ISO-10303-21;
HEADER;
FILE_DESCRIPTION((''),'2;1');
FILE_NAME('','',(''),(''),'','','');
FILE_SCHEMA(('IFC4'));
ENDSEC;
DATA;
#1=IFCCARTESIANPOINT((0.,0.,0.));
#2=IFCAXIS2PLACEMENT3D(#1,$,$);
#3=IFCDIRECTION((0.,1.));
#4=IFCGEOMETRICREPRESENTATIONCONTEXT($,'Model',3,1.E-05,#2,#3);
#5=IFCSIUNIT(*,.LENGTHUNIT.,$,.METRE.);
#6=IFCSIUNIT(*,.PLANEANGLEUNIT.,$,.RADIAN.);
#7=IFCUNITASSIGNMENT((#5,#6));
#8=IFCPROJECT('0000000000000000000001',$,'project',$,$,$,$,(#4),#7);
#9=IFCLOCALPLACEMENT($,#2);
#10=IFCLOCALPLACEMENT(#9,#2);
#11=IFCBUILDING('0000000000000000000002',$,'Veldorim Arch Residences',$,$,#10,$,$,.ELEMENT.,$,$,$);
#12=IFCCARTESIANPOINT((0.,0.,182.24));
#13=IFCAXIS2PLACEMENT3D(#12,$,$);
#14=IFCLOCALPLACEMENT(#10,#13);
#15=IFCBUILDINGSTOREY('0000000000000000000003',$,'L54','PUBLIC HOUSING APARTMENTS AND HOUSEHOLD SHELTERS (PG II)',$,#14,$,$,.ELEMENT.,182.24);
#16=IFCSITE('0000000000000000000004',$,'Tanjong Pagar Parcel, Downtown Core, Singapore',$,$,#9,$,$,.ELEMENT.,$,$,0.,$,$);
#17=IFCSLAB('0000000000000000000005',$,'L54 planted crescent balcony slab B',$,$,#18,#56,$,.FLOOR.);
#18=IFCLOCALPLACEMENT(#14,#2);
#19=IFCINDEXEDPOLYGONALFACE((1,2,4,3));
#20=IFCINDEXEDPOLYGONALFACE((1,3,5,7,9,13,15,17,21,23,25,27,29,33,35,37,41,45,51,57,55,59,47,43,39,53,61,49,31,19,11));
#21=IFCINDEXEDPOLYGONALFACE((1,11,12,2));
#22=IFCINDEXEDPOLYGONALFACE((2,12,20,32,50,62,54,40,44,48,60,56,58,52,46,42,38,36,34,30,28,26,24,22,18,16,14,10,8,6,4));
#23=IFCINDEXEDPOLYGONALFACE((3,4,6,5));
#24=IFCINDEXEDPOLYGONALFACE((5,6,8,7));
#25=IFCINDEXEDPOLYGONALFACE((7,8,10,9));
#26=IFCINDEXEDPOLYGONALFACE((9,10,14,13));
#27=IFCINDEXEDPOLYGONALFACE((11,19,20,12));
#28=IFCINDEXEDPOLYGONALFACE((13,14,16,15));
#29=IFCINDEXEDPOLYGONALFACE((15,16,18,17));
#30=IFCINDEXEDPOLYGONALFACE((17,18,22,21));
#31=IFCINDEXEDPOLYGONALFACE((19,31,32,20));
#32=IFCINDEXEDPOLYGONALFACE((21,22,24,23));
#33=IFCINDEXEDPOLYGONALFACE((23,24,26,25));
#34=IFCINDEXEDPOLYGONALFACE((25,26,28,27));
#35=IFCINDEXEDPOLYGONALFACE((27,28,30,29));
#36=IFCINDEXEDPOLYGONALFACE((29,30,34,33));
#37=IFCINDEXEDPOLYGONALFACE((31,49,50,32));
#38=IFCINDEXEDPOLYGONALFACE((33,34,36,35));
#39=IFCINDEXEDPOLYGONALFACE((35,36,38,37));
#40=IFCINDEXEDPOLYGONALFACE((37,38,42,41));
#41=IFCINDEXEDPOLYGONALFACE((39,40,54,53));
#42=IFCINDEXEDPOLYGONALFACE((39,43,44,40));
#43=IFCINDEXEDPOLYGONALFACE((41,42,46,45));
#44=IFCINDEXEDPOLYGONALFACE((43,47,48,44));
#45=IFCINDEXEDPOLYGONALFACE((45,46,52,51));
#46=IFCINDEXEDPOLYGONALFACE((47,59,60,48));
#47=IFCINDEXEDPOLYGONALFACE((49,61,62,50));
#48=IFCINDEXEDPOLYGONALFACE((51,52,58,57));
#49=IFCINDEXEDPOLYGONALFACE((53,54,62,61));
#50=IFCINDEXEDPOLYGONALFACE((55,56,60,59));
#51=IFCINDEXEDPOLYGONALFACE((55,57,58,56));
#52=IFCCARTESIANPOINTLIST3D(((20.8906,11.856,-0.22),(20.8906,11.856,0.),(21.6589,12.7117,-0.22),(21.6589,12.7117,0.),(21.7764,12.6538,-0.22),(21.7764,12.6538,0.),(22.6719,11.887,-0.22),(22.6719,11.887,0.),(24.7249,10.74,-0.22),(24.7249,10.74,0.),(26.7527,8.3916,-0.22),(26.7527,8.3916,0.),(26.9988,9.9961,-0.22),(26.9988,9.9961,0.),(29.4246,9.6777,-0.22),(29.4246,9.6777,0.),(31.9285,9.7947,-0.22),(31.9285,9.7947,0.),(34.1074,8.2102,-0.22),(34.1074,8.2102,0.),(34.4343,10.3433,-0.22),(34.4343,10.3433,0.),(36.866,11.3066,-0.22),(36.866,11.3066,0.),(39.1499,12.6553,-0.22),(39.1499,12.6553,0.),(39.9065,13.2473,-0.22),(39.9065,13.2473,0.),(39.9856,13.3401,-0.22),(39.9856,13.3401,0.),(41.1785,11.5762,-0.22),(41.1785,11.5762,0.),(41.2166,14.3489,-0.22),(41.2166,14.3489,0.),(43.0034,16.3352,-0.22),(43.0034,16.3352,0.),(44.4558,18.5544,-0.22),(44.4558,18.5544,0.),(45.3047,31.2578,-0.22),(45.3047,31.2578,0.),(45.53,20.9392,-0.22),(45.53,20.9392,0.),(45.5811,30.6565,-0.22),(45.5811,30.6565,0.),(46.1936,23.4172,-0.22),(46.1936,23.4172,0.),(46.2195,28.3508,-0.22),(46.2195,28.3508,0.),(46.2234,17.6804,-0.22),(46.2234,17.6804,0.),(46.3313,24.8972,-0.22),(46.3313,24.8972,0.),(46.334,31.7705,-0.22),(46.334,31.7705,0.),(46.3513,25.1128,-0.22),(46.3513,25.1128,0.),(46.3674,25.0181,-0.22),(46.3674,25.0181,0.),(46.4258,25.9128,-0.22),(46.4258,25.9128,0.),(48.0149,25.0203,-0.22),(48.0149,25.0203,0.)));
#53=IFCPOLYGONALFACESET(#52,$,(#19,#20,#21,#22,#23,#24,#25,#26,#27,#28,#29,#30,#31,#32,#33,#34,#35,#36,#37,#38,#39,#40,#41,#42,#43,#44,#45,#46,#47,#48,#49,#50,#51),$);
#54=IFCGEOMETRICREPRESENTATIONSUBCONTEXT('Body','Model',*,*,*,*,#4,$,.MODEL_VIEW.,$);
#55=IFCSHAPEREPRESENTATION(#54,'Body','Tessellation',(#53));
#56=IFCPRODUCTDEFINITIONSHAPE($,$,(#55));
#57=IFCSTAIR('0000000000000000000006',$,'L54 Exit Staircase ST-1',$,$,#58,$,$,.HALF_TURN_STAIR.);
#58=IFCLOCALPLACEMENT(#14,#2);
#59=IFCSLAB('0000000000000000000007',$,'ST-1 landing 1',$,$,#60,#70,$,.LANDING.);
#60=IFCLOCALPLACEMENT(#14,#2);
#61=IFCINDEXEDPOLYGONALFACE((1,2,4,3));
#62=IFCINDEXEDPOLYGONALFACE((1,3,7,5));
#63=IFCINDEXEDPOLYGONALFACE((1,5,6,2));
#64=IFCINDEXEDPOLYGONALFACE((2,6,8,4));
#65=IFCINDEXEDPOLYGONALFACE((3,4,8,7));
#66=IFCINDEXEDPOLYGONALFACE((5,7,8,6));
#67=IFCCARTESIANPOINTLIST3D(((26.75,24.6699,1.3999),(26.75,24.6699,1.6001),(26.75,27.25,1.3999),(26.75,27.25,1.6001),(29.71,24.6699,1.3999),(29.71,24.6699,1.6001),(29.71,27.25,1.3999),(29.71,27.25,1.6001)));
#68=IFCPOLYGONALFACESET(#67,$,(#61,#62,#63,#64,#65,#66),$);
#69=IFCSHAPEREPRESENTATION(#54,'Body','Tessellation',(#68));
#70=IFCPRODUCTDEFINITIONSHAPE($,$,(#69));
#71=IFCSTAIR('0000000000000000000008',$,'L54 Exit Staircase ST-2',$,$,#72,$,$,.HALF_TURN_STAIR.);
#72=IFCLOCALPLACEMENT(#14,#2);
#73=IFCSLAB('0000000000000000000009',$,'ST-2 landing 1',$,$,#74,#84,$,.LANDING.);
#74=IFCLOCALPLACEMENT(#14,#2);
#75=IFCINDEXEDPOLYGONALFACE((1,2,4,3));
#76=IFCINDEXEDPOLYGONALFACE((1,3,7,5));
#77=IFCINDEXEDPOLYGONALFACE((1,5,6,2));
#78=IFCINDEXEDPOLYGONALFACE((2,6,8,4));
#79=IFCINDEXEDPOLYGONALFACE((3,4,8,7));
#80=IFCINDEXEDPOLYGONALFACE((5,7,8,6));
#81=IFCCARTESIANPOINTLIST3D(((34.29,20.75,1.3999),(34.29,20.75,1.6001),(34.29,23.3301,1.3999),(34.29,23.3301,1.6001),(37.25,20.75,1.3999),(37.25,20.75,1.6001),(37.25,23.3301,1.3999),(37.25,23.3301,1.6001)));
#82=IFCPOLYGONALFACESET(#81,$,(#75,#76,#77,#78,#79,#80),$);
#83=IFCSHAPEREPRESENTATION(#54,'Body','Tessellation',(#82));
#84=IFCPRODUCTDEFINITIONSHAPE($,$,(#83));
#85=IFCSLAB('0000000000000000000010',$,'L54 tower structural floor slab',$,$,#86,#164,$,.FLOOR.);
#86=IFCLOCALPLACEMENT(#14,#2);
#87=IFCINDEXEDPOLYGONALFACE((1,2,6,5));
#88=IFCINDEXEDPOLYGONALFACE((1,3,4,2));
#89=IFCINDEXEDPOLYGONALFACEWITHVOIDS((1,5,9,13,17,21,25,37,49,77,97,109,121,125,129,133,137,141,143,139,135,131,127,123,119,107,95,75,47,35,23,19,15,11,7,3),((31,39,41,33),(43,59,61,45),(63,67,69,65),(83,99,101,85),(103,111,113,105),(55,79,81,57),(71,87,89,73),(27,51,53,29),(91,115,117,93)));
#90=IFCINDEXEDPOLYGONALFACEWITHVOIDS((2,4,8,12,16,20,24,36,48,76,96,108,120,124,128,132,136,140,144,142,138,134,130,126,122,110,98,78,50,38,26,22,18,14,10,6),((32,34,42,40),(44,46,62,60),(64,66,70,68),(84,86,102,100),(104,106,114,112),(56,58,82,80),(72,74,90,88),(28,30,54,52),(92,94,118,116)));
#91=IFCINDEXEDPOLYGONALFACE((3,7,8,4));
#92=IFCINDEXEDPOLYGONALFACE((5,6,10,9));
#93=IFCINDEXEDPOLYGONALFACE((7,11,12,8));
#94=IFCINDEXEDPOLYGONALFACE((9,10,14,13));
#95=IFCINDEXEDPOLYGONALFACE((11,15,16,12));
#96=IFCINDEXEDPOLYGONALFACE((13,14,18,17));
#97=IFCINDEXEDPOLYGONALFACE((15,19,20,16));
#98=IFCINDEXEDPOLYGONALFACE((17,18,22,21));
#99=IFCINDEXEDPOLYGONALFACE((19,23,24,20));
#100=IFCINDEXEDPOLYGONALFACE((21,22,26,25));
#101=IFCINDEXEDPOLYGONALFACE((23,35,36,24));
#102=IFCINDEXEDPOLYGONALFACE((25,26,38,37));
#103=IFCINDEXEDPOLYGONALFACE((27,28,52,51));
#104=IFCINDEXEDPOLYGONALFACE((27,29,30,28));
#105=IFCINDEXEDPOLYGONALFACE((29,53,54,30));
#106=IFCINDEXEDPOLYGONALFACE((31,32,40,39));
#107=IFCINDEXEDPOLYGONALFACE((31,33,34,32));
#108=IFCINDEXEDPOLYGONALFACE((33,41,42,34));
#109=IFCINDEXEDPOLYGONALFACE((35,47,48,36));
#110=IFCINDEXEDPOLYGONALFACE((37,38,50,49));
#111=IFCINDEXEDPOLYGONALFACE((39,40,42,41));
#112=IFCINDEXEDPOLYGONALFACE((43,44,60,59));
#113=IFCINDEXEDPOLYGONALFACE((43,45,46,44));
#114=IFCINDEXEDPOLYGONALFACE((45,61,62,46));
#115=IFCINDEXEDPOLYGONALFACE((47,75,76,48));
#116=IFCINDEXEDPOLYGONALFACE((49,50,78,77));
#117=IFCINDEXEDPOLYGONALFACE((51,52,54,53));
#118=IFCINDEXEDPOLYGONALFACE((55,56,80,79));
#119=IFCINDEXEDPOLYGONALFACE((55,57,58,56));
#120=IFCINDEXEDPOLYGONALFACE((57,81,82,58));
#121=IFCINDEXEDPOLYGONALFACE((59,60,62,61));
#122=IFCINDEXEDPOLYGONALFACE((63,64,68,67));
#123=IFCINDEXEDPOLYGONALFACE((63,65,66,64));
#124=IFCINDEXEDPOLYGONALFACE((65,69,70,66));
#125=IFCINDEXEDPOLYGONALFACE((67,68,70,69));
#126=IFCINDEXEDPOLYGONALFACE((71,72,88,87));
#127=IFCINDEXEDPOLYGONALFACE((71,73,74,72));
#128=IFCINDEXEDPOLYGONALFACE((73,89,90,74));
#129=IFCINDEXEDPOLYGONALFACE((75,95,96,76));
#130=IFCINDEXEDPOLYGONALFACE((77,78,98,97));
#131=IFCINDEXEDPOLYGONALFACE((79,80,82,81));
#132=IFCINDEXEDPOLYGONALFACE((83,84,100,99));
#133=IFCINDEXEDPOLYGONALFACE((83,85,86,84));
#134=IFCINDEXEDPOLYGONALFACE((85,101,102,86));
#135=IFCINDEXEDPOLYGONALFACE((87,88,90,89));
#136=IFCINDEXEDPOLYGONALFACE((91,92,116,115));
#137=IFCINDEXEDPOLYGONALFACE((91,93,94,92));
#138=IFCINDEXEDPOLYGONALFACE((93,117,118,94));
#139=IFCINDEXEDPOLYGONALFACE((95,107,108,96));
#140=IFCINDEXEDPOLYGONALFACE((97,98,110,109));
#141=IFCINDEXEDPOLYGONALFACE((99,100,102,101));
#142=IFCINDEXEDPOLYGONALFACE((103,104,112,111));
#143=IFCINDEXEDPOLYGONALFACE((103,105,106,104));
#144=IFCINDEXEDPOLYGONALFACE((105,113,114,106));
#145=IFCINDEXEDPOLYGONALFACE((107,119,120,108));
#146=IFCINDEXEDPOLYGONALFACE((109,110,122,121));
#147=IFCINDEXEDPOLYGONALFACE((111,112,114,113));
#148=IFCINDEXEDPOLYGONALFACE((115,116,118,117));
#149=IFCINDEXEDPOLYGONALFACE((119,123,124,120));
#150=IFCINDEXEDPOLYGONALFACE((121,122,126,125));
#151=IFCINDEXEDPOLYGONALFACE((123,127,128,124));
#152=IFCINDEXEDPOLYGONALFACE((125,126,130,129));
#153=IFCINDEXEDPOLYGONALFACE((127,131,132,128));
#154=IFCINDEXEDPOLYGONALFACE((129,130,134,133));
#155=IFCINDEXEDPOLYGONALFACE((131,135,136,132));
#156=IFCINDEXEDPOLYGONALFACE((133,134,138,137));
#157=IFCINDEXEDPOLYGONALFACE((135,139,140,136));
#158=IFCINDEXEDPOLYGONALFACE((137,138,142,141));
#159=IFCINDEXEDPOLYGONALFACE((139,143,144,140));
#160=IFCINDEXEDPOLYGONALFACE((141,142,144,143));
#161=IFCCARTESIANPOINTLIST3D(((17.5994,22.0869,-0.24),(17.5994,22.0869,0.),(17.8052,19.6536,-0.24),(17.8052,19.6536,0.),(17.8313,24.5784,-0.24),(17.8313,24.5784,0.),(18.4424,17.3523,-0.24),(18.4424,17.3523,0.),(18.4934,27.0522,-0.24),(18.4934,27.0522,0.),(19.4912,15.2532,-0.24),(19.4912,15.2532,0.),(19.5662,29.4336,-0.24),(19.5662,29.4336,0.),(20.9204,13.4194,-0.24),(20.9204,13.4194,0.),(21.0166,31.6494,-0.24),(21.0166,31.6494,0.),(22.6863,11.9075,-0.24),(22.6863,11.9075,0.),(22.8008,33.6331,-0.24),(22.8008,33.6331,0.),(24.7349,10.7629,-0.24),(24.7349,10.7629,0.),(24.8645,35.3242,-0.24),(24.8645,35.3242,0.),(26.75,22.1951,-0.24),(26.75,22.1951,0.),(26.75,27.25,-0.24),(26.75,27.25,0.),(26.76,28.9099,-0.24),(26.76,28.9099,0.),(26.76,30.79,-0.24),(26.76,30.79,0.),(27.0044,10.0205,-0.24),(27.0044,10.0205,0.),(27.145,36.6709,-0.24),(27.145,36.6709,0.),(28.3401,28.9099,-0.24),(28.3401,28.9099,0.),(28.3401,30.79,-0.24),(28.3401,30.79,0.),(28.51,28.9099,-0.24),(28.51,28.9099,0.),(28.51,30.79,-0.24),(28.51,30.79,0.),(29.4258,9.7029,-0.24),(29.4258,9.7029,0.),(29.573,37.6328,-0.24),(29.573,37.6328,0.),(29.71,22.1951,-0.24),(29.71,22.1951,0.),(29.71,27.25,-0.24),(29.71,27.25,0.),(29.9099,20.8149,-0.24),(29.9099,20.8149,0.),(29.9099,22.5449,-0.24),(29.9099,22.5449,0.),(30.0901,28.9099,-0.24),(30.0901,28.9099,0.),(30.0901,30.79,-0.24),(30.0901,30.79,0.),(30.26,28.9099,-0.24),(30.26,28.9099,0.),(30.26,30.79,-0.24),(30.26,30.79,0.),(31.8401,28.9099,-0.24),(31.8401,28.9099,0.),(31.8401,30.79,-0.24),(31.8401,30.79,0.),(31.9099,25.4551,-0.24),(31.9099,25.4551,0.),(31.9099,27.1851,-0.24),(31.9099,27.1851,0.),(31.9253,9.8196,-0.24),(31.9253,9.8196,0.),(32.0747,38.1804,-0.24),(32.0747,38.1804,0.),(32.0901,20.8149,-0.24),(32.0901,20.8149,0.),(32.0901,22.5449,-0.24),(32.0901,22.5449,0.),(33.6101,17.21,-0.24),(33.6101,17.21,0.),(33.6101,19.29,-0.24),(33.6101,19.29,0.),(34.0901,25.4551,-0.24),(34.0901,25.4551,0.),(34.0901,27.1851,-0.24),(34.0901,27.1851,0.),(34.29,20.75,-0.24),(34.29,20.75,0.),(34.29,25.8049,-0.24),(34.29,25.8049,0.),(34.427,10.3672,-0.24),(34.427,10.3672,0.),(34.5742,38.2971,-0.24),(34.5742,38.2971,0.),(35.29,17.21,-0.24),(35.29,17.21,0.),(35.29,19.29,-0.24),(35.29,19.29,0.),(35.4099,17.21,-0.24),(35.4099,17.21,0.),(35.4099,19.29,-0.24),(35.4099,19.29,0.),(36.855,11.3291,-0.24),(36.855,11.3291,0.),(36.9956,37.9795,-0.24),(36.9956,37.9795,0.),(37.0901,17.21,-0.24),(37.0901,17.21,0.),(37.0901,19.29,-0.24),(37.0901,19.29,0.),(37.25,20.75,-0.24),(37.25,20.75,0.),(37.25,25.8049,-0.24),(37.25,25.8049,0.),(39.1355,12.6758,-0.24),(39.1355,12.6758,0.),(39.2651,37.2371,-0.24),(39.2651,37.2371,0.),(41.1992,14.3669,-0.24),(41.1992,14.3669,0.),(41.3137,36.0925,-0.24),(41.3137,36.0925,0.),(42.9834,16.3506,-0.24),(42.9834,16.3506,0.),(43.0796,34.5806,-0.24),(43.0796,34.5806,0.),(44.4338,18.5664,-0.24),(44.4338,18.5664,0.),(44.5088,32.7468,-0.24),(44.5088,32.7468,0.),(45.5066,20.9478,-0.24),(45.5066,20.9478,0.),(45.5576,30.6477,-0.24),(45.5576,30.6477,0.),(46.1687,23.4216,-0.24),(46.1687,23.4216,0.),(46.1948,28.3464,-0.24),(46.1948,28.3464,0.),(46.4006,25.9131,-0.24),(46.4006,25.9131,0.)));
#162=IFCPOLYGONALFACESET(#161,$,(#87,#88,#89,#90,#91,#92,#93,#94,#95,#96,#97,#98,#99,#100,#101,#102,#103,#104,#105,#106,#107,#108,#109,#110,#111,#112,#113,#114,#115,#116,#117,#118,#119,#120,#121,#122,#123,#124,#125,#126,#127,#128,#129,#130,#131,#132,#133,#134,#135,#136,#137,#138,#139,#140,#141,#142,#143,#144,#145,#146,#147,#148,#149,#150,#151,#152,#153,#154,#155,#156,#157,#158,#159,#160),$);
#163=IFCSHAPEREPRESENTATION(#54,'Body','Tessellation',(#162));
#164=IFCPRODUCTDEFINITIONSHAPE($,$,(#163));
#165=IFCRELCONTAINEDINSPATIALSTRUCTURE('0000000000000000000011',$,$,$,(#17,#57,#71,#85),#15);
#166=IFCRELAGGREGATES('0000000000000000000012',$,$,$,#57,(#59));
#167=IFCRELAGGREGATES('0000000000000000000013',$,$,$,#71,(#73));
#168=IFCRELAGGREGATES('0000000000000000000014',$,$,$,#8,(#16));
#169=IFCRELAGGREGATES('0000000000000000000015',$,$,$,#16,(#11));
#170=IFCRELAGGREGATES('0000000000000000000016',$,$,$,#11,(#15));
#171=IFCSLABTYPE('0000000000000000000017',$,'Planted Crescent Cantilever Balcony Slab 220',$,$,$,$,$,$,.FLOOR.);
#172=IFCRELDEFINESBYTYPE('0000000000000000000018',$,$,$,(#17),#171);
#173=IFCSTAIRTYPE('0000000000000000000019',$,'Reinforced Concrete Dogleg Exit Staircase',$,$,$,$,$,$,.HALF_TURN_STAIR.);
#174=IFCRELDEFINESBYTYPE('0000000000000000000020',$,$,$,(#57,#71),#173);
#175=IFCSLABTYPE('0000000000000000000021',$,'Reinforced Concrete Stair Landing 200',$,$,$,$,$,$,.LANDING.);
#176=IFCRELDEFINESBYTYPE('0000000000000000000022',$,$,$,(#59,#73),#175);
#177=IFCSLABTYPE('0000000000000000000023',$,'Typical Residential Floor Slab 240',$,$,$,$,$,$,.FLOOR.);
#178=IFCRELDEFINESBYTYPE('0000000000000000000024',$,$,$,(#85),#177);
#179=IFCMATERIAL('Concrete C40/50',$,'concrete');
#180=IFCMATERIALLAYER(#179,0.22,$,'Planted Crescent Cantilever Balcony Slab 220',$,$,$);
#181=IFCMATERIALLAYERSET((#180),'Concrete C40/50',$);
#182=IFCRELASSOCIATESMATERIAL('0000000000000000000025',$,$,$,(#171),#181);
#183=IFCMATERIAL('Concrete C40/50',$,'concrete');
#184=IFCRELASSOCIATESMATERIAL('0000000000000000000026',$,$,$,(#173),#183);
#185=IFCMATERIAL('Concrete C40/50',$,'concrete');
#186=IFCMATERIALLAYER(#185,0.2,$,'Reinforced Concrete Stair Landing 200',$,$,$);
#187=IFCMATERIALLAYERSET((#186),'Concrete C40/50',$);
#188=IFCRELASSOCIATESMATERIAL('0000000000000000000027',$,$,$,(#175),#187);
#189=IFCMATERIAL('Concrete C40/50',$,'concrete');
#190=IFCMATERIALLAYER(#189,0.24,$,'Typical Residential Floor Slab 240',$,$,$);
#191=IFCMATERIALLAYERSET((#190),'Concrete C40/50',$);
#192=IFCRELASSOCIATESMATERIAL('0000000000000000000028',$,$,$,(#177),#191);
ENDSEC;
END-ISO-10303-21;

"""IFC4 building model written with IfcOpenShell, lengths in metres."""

from ifc_helpers import new_model, si_unit, direction, frame, origin, place, context, subcontext, project, spatial, polyline, outline, extrude, material, layer, layer_set, type_object, element, aggregate, save


model = new_model("IFC4")

# Units and contexts
model_context = context("Model", 3, precision=1e-05, world=origin(), true_north=direction((0.0, 1.0)))
body_context = subcontext(model_context, "Body", "Model", "MODEL_VIEW")
ifc_project = project(units=[si_unit("LENGTHUNIT", "METRE"), si_unit("PLANEANGLEUNIT", "RADIAN")], contexts=[model_context])

# Site, building, storey
site_placement = place(None, origin())
site = spatial("IfcSite", under=ifc_project, at=site_placement, Name="Tanjong Pagar Parcel, Downtown Core, Singapore", CompositionType="ELEMENT", RefElevation=0.0)
building_placement = place(site_placement, origin())
building = spatial("IfcBuilding", under=site, at=building_placement, Name="Veldorim Arch Residences", CompositionType="ELEMENT")
storey_placement = place(building_placement, frame((0.0, 0.0, 182.24)))
storey = spatial("IfcBuildingStorey", under=building, at=storey_placement, Name="L54", Description="PUBLIC HOUSING APARTMENTS AND HOUSEHOLD SHELTERS (PG II)", CompositionType="ELEMENT", Elevation=182.24)

# Slab
ifc_material_1 = material(Name="Concrete C40/50", Category="concrete")
ifc_layer_1 = layer(ifc_material_1, 0.22, Name="Planted Crescent Cantilever Balcony Slab 220")
ifc_layer_set_1 = layer_set([ifc_layer_1], Name="Concrete C40/50")
slab_type_1 = type_object("IfcSlabType", Name="Planted Crescent Cantilever Balcony Slab 220", PredefinedType="FLOOR", material=ifc_layer_set_1)
slab_1_placement = place(storey_placement, frame((0.0, 0.0, -0.22)))
element("IfcSlab", 1, at=slab_1_placement, inside=storey, type_object=slab_type_1, Name="L54 planted crescent balcony slab B", PredefinedType="FLOOR", context=body_context, shape_type="SweptSolid", body=[
    extrude(outline(polyline([(21.7764, 12.6538), (22.6719, 11.887), (24.7249, 10.74), (26.9988, 9.9961), (29.4246, 9.6777), (31.9285, 9.7947), (34.4343, 10.3433), (36.866, 11.3066), (39.1499, 12.6553), (39.9065, 13.2473), (39.9856, 13.3401), (41.2166, 14.3489), (43.0034, 16.3352), (44.4558, 18.5544), (45.53, 20.9392), (46.1936, 23.4172), (46.3313, 24.8972), (46.3674, 25.0181), (46.3513, 25.1128), (46.4258, 25.9128), (46.2195, 28.3508), (45.5811, 30.6565), (45.3047, 31.2578), (46.334, 31.7705), (48.0149, 25.0203), (46.2234, 17.6804), (41.1785, 11.5762), (34.1074, 8.2102), (26.7527, 8.3916), (20.8906, 11.856), (21.6589, 12.7117), (21.7764, 12.6538)])), origin(), (0.0, 0.0, 1.0), 0.22),
])

# Stairs, slabs
ifc_material_2 = material(Name="Concrete C40/50", Category="concrete")
stair_type = type_object("IfcStairType", Name="Reinforced Concrete Dogleg Exit Staircase", PredefinedType="HALF_TURN_STAIR", material=ifc_material_2)
stair_1_placement = place(storey_placement, origin())
stair_1 = element("IfcStair", 2, at=stair_1_placement, inside=storey, type_object=stair_type, Name="L54 Exit Staircase ST-1", PredefinedType="HALF_TURN_STAIR")
ifc_material_3 = material(Name="Concrete C40/50", Category="concrete")
ifc_layer_2 = layer(ifc_material_3, 0.2, Name="Reinforced Concrete Stair Landing 200")
ifc_layer_set_2 = layer_set([ifc_layer_2], Name="Concrete C40/50")
slab_type_2 = type_object("IfcSlabType", Name="Reinforced Concrete Stair Landing 200", PredefinedType="LANDING", material=ifc_layer_set_2)
slab_2_placement = place(storey_placement, frame((0.0, 0.0, 1.3999)))
slab_2 = element("IfcSlab", 3, at=slab_2_placement, type_object=slab_type_2, Name="ST-1 landing 1", PredefinedType="LANDING", context=body_context, shape_type="SweptSolid", body=[
    extrude(outline(polyline([(29.71, 24.6699), (29.71, 27.25), (26.75, 27.25), (26.75, 24.6699), (29.71, 24.6699)])), origin(), (0.0, 0.0, 1.0), 0.2002),
])
aggregate(stair_1, [slab_2])
stair_2_placement = place(storey_placement, origin())
stair_2 = element("IfcStair", 4, at=stair_2_placement, inside=storey, type_object=stair_type, Name="L54 Exit Staircase ST-2", PredefinedType="HALF_TURN_STAIR")
slab_3_placement = place(storey_placement, frame((0.0, 0.0, 1.3999)))
slab_3 = element("IfcSlab", 5, at=slab_3_placement, type_object=slab_type_2, Name="ST-2 landing 1", PredefinedType="LANDING", context=body_context, shape_type="SweptSolid", body=[
    extrude(outline(polyline([(34.29, 23.3301), (34.29, 20.75), (37.25, 20.75), (37.25, 23.3301), (34.29, 23.3301)])), origin(), (0.0, 0.0, 1.0), 0.2002),
])
aggregate(stair_2, [slab_3])

# Slab
ifc_material_4 = material(Name="Concrete C40/50", Category="concrete")
ifc_layer_3 = layer(ifc_material_4, 0.24, Name="Typical Residential Floor Slab 240")
ifc_layer_set_3 = layer_set([ifc_layer_3], Name="Concrete C40/50")
slab_type_3 = type_object("IfcSlabType", Name="Typical Residential Floor Slab 240", PredefinedType="FLOOR", material=ifc_layer_set_3)
slab_4_placement = place(storey_placement, frame((0.0, 0.0, -0.24)))
element("IfcSlab", 6, at=slab_4_placement, inside=storey, type_object=slab_type_3, Name="L54 tower structural floor slab", PredefinedType="FLOOR", context=body_context, shape_type="SweptSolid", body=[
    extrude(outline(polyline([(43.0796, 34.5806), (41.3137, 36.0925), (39.2651, 37.2371), (36.9956, 37.9795), (34.5742, 38.2971), (32.0747, 38.1804), (29.573, 37.6328), (27.145, 36.6709), (24.8645, 35.3242), (22.8008, 33.6331), (21.0166, 31.6494), (19.5662, 29.4336), (18.4934, 27.0522), (17.8313, 24.5784), (17.5994, 22.0869), (17.8052, 19.6536), (18.4424, 17.3523), (19.4912, 15.2532), (20.9204, 13.4194), (22.6863, 11.9075), (24.7349, 10.7629), (27.0044, 10.0205), (29.4258, 9.7029), (31.9253, 9.8196), (34.427, 10.3672), (36.855, 11.3291), (39.1355, 12.6758), (41.1992, 14.3669), (42.9834, 16.3506), (44.4338, 18.5664), (45.5066, 20.9478), (46.1687, 23.4216), (46.4006, 25.9131), (46.1948, 28.3464), (45.5576, 30.6477), (44.5088, 32.7468), (43.0796, 34.5806)]), holes=[polyline([(33.6101, 17.21), (33.6101, 19.29), (35.29, 19.29), (35.29, 17.21), (33.6101, 17.21)]), polyline([(35.4099, 17.21), (35.4099, 19.29), (37.0901, 19.29), (37.0901, 17.21), (35.4099, 17.21)]), polyline([(29.9099, 20.8149), (29.9099, 22.5449), (32.0901, 22.5449), (32.0901, 20.8149), (29.9099, 20.8149)]), polyline([(34.29, 20.75), (34.29, 25.8049), (37.25, 25.8049), (37.25, 20.75), (34.29, 20.75)]), polyline([(26.75, 22.1951), (26.75, 27.25), (29.71, 27.25), (29.71, 22.1951), (26.75, 22.1951)]), polyline([(31.9099, 25.4551), (31.9099, 27.1851), (34.0901, 27.1851), (34.0901, 25.4551), (31.9099, 25.4551)]), polyline([(26.76, 28.9099), (26.76, 30.79), (28.3401, 30.79), (28.3401, 28.9099), (26.76, 28.9099)]), polyline([(28.51, 30.79), (30.0901, 30.79), (30.0901, 28.9099), (28.51, 28.9099), (28.51, 30.79)]), polyline([(30.26, 30.79), (31.8401, 30.79), (31.8401, 28.9099), (30.26, 28.9099), (30.26, 30.79)])]), origin(), (0.0, 0.0, 1.0), 0.24),
])

save(model, "model.ifc")
